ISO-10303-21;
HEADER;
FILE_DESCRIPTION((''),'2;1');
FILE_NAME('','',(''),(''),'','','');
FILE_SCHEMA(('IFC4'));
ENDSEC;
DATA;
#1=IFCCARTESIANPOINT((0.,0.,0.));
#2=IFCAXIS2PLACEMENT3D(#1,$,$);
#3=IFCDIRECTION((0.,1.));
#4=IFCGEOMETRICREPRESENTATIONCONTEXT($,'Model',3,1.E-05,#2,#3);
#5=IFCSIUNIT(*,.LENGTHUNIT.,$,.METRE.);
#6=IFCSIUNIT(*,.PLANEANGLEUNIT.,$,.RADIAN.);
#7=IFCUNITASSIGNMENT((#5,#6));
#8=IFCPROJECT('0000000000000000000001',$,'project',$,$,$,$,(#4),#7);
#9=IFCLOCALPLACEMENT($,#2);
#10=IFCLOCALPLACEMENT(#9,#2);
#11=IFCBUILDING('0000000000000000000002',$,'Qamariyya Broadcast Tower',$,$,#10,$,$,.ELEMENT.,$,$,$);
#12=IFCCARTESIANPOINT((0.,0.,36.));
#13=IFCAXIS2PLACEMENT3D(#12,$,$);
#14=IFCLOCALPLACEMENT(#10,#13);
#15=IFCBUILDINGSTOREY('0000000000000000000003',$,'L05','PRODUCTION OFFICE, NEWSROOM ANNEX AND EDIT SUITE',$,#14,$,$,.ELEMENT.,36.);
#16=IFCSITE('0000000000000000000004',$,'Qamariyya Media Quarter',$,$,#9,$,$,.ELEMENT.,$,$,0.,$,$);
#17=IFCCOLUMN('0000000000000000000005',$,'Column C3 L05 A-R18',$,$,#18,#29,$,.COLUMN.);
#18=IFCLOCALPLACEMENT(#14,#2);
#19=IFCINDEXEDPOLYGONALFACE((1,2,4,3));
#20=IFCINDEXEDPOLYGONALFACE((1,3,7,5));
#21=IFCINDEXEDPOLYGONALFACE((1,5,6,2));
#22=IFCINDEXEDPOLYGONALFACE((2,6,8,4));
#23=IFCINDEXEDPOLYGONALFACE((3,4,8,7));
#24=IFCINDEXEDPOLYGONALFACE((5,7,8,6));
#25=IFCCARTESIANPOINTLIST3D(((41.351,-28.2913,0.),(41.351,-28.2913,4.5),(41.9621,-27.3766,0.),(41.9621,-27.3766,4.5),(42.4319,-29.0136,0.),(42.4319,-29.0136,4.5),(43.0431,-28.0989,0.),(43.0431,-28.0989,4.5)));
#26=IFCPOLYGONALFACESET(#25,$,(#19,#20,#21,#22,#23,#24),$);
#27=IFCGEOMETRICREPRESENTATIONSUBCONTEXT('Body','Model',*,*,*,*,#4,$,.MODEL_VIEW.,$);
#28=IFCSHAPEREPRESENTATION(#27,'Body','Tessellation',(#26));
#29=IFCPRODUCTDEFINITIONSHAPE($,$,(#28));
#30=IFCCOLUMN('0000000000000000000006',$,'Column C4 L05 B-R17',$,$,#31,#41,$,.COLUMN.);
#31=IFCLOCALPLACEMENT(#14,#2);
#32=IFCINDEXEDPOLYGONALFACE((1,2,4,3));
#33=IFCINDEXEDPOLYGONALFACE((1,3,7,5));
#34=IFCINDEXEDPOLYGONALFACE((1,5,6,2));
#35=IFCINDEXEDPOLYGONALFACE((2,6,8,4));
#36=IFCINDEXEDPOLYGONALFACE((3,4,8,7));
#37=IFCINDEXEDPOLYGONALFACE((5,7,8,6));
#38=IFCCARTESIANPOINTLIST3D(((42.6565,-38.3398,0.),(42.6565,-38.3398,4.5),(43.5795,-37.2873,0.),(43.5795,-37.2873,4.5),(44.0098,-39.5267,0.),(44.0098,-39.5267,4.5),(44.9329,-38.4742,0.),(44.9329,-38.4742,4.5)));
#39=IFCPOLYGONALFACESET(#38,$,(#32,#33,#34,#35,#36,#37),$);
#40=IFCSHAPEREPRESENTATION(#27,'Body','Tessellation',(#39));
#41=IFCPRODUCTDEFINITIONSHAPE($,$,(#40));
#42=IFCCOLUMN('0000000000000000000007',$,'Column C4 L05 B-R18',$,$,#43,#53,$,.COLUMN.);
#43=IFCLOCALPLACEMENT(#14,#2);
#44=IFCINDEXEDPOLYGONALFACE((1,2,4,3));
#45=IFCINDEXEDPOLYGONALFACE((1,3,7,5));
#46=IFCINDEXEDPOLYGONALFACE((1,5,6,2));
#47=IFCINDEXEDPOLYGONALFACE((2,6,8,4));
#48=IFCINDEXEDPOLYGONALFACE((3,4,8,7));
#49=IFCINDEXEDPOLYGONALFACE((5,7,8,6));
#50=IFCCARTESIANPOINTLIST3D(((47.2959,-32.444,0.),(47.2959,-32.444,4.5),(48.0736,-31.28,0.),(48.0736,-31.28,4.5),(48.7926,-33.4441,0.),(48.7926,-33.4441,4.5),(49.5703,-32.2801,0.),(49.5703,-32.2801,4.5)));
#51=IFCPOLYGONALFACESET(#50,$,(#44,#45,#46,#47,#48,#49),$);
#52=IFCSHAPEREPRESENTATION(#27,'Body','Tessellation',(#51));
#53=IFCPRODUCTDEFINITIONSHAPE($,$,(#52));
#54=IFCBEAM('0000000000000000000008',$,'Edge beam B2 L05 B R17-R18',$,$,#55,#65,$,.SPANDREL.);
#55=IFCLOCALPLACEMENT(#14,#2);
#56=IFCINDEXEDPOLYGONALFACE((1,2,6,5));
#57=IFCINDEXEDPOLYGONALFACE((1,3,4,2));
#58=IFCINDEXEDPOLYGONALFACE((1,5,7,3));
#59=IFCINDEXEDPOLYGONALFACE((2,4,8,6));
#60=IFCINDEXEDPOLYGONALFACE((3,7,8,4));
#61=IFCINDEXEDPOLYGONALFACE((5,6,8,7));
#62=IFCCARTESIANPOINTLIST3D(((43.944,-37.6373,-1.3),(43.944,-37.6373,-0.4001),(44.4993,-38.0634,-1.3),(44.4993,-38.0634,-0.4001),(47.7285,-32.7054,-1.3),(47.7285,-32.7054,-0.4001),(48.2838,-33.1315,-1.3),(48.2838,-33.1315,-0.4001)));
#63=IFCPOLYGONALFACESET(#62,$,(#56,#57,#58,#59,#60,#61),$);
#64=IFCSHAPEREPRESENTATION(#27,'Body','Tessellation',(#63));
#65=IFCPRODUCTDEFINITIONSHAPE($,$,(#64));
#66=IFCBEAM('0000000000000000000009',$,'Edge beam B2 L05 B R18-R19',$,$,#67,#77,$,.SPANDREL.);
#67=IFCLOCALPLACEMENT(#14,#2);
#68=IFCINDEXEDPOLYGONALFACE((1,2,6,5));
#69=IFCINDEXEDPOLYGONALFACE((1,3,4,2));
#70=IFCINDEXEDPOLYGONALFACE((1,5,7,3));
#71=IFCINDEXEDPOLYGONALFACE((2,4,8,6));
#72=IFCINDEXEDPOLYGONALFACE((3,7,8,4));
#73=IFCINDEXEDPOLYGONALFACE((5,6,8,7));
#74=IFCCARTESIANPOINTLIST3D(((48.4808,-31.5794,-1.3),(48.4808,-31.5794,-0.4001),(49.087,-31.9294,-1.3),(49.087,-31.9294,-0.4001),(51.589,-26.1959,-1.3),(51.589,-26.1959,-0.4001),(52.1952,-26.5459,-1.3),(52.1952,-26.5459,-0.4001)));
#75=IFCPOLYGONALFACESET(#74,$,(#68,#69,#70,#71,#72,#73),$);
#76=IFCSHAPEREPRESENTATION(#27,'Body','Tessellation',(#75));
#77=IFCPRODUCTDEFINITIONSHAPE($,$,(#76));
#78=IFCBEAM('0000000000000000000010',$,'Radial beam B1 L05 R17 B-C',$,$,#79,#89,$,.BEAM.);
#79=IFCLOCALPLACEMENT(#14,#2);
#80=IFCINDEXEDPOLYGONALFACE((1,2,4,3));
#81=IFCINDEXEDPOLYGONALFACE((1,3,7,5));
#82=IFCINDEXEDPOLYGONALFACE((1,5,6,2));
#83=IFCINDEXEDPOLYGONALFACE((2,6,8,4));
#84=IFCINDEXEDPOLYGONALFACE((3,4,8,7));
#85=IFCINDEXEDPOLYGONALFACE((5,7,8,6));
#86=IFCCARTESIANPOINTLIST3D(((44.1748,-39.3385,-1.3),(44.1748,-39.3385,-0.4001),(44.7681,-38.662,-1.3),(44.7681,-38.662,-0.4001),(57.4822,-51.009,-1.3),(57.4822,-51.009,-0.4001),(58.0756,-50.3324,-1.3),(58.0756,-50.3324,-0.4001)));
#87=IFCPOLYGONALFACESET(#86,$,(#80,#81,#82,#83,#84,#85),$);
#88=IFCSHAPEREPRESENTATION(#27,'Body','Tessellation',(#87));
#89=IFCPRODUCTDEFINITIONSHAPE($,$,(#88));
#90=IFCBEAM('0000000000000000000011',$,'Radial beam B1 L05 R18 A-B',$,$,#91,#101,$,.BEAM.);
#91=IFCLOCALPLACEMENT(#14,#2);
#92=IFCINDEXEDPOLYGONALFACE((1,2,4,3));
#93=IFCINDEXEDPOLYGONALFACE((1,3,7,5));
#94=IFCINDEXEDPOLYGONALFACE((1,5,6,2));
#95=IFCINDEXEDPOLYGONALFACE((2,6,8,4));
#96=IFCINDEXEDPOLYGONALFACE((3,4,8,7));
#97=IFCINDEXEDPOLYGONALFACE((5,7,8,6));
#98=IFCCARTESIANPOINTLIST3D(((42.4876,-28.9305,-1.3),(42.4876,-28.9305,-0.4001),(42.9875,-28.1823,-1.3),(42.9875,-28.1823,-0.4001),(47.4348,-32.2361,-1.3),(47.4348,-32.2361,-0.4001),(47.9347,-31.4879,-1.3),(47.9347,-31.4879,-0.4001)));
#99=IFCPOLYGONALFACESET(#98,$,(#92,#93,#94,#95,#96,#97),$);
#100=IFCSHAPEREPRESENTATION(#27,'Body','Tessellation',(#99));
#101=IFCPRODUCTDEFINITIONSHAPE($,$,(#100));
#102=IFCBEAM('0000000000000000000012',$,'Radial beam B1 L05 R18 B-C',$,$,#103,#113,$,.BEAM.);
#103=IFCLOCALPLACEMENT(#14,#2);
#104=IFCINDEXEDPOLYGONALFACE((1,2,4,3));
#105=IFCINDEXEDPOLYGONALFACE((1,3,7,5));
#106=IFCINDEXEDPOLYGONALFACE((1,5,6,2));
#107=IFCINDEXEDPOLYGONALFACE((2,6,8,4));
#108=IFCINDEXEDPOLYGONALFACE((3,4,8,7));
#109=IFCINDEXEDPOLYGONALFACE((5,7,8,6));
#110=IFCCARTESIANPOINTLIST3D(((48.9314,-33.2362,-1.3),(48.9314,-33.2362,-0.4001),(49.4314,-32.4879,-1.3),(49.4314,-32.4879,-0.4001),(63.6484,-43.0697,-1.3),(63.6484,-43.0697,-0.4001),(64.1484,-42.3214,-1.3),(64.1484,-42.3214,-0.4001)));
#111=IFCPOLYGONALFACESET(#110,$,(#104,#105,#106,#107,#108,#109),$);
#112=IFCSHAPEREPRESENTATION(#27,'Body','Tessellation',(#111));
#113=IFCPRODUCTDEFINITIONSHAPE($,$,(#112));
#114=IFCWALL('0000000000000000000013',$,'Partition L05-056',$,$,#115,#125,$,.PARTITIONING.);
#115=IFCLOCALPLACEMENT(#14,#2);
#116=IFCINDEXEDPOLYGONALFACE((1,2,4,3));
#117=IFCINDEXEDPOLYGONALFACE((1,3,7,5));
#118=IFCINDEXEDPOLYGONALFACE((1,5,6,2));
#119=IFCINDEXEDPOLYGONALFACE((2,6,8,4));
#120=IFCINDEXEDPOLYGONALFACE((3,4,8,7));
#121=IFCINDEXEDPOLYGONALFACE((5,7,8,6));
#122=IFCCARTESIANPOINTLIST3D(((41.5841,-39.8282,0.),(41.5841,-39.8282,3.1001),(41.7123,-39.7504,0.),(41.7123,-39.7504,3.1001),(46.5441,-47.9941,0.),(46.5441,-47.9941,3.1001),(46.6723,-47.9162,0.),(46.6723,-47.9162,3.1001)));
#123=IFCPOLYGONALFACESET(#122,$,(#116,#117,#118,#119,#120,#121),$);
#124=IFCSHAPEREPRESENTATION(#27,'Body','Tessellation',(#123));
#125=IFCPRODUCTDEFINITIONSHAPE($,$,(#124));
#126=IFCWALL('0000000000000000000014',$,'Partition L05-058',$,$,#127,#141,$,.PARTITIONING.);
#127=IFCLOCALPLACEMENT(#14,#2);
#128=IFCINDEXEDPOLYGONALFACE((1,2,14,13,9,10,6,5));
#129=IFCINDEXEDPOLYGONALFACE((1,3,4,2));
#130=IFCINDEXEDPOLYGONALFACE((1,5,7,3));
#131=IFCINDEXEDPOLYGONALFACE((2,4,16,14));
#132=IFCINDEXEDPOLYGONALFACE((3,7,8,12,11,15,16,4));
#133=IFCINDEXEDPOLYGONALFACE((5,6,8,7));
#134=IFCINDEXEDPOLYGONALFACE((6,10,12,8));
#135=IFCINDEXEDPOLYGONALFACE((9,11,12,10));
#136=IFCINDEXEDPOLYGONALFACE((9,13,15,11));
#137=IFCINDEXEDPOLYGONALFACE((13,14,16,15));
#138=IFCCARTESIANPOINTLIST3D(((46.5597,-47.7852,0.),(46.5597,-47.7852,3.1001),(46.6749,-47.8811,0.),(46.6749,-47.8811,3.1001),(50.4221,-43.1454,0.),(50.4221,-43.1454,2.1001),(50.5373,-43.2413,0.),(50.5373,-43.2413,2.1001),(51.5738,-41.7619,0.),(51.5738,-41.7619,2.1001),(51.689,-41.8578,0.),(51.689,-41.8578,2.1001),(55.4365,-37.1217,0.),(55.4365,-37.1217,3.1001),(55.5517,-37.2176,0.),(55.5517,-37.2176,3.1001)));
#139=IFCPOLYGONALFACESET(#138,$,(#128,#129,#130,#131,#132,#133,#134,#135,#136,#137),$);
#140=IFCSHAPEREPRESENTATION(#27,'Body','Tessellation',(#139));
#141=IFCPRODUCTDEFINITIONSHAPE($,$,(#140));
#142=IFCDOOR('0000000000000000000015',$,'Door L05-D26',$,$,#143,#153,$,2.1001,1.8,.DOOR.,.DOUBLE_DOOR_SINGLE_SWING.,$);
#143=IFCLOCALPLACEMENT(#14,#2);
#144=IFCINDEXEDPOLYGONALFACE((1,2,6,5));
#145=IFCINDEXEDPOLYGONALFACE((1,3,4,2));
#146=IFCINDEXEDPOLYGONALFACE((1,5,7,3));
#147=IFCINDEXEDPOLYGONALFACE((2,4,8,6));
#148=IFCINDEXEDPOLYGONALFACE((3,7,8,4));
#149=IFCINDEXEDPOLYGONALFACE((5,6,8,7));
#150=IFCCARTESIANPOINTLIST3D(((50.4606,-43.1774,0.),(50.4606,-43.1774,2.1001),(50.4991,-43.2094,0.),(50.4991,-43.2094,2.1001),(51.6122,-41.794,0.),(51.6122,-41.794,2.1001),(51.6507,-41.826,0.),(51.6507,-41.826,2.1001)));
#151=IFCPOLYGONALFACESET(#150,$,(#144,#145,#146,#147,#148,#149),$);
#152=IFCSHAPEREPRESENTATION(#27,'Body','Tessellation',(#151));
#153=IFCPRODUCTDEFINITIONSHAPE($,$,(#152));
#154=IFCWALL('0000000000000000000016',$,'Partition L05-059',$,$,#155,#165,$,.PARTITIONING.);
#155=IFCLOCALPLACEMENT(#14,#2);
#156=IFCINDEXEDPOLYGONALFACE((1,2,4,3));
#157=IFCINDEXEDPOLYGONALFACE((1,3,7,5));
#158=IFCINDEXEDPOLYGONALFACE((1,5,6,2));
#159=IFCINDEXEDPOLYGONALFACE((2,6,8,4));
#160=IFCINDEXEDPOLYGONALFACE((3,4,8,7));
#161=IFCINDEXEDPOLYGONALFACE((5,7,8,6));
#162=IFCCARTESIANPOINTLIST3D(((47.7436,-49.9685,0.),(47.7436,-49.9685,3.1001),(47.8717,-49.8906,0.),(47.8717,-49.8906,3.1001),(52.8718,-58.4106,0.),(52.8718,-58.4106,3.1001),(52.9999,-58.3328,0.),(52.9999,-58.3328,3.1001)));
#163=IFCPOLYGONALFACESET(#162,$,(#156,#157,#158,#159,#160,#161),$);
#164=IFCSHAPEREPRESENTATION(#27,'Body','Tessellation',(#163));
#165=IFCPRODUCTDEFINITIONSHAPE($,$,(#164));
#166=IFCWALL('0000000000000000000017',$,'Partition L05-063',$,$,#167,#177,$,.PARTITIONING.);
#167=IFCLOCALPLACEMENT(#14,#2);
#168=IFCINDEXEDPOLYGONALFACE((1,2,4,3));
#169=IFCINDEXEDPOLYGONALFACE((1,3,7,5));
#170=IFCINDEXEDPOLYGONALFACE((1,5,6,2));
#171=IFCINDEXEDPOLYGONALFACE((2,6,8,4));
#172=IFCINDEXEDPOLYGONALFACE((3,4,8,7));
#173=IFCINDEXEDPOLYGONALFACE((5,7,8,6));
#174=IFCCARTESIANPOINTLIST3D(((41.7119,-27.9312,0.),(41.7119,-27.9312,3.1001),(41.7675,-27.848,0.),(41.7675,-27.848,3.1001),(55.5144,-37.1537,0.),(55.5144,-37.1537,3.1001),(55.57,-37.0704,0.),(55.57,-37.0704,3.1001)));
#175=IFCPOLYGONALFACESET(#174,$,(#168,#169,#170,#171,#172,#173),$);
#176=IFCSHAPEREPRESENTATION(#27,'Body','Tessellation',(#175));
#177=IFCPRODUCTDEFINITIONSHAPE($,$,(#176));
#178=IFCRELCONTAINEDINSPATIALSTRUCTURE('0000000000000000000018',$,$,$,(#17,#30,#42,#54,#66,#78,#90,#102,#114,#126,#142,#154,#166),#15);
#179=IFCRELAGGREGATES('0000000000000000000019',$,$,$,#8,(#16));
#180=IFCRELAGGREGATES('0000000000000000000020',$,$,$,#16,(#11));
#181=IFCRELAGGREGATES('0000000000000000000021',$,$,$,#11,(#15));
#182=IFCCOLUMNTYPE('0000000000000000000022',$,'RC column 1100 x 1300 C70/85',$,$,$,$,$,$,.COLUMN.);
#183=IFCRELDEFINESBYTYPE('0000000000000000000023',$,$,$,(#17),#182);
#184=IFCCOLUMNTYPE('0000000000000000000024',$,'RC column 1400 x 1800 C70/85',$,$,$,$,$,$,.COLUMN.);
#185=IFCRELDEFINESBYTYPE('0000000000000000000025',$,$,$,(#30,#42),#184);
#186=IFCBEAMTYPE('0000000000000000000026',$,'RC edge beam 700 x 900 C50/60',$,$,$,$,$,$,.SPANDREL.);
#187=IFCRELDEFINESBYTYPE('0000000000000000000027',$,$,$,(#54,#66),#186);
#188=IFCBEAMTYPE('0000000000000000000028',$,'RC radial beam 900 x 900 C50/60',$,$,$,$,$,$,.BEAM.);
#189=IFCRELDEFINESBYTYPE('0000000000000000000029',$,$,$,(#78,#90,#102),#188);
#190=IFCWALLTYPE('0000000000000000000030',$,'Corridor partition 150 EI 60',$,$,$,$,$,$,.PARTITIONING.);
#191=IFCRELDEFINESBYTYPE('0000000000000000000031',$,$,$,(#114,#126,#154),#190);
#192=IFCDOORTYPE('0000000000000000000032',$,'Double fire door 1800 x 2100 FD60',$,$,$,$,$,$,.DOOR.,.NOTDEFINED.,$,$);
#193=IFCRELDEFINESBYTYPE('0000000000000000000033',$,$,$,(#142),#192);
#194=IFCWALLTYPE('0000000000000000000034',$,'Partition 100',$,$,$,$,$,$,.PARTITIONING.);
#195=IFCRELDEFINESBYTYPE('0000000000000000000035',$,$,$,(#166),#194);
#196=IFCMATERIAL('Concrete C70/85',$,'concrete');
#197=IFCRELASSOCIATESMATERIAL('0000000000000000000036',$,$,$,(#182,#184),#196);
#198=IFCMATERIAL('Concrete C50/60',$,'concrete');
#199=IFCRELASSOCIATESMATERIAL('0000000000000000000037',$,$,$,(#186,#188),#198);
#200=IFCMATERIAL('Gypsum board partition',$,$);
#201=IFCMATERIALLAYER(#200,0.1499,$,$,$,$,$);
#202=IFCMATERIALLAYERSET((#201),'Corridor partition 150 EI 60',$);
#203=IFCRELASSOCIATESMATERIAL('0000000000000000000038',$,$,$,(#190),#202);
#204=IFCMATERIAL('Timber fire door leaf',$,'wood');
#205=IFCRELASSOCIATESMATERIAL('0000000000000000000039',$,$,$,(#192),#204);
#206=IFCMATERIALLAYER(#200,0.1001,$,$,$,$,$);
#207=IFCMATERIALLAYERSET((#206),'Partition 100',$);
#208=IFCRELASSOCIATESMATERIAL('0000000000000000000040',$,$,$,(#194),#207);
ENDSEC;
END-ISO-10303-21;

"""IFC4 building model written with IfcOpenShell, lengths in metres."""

from ifc_helpers import new_model, si_unit, direction, frame, frame_2d, origin, origin_2d, place, context, subcontext, project, spatial, rectangle, extrude, material, layer, layer_set, material_profile, profile_set, type_object, element, fill, save


model = new_model("IFC4")

# Units and contexts
model_context = context("Model", 3, precision=1e-05, world=origin(), true_north=direction((0.0, 1.0)))
body_context = subcontext(model_context, "Body", "Model", "MODEL_VIEW")
ifc_project = project(units=[si_unit("LENGTHUNIT", "METRE"), si_unit("PLANEANGLEUNIT", "RADIAN")], contexts=[model_context])

# Site, building, storey
site_placement = place(None, origin())
site = spatial("IfcSite", under=ifc_project, at=site_placement, Name="Qamariyya Media Quarter", CompositionType="ELEMENT", RefElevation=0.0)
building_placement = place(site_placement, origin())
building = spatial("IfcBuilding", under=site, at=building_placement, Name="Qamariyya Broadcast Tower", CompositionType="ELEMENT")
storey_placement = place(building_placement, frame((0.0, 0.0, 36.0)))
storey = spatial("IfcBuildingStorey", under=building, at=storey_placement, Name="L05", Description="PRODUCTION OFFICE, NEWSROOM ANNEX AND EDIT SUITE", CompositionType="ELEMENT", Elevation=36.0)

# Columns
ifc_material_1 = material(Name="Concrete C70/85", Category="concrete")
ifc_material_profile_1 = material_profile(ifc_material_1, rectangle(XDim=1.1001, YDim=1.3, at=origin_2d()))
ifc_profile_set_1 = profile_set([ifc_material_profile_1], Name="Concrete C70/85")
column_type_1 = type_object("IfcColumnType", Name="RC column 1100 x 1300 C70/85", PredefinedType="COLUMN", material=ifc_profile_set_1)
column_placement = place(storey_placement, frame((42.197, -28.1951, 0.0), z_axis=(0.0, 0.0, 1.0), x_axis=(0.55557, 0.83147, 0.0)))
element("IfcColumn", 1, at=column_placement, inside=storey, type_object=column_type_1, Name="Column C3 L05 A-R18", PredefinedType="COLUMN", context=body_context, shape_type="SweptSolid", body=[
    extrude(rectangle(XDim=1.1001, YDim=1.3, at=origin_2d()), origin(), (0.0, 0.0, 1.0), 4.5),
])
ifc_material_profile_2 = material_profile(ifc_material_1, rectangle(XDim=1.3999, YDim=1.8, at=origin_2d()))
ifc_profile_set_2 = profile_set([ifc_material_profile_2], Name="Concrete C70/85")
column_type_2 = type_object("IfcColumnType", Name="RC column 1400 x 1800 C70/85", PredefinedType="COLUMN", material=ifc_profile_set_2)
for number, where, z_axis, x_axis, name in (
    (2, (43.7947, -38.407, 0.0), (0.0, 0.0, 1.0), (0.659346, 0.75184, 0.0), "Column C4 L05 B-R17"),
    (3, (48.4331, -32.3621, 0.0), (0.0, 0.0, 1.0), (0.55557, 0.83147, 0.0), "Column C4 L05 B-R18"),
):
    element("IfcColumn", number, at=place(storey_placement, frame(where, z_axis=z_axis, x_axis=x_axis)), inside=storey, type_object=column_type_2, Name=name, PredefinedType="COLUMN", context=body_context, shape_type="SweptSolid", body=[
        extrude(rectangle(XDim=1.3999, YDim=1.8, at=origin_2d()), origin(), (0.0, 0.0, 1.0), 4.5),
    ])

# Beams
ifc_material_2 = material(Name="Concrete C50/60", Category="concrete")
ifc_material_profile_3 = material_profile(ifc_material_2, rectangle(XDim=0.7, YDim=0.8999, at=origin_2d()))
ifc_profile_set_3 = profile_set([ifc_material_profile_3], Name="Concrete C50/60")
beam_type_1 = type_object("IfcBeamType", Name="RC edge beam 700 x 900 C50/60", PredefinedType="SPANDREL", material=ifc_profile_set_3)
beam_1_placement = place(storey_placement, frame((44.2217, -37.8503, -0.8501), z_axis=(0.608767, 0.793349, 0.0), x_axis=(-0.793349, 0.608767, 0.0)))
element("IfcBeam", 4, at=beam_1_placement, inside=storey, type_object=beam_type_1, Name="Edge beam B2 L05 B R17-R18", PredefinedType="SPANDREL", context=body_context, shape_type="SweptSolid", body=[
    extrude(rectangle(XDim=0.7, YDim=0.8999, at=origin_2d()), origin(), (0.0, 0.0, 1.0), 6.2166),
])
beam_2_placement = place(storey_placement, frame((48.7839, -31.7544, -0.8501), z_axis=(0.499996, 0.866028, 0.0), x_axis=(-0.866028, 0.499996, 0.0)))
element("IfcBeam", 5, at=beam_2_placement, inside=storey, type_object=beam_type_1, Name="Edge beam B2 L05 B R18-R19", PredefinedType="SPANDREL", context=body_context, shape_type="SweptSolid", body=[
    extrude(rectangle(XDim=0.7, YDim=0.8999, at=origin_2d()), origin(), (0.0, 0.0, 1.0), 6.2163),
])
ifc_material_profile_4 = material_profile(ifc_material_2, rectangle(XDim=0.8999, YDim=0.8999, at=origin_2d()))
ifc_profile_set_4 = profile_set([ifc_material_profile_4], Name="Concrete C50/60")
beam_type_2 = type_object("IfcBeamType", Name="RC radial beam 900 x 900 C50/60", PredefinedType="BEAM", material=ifc_profile_set_4)
beam_3_placement = place(storey_placement, frame((44.4714, -39.0002, -0.8501), z_axis=(0.751835, -0.659351, 0.0), x_axis=(0.659351, 0.751835, 0.0)))
element("IfcBeam", 6, at=beam_3_placement, inside=storey, type_object=beam_type_2, Name="Radial beam B1 L05 R17 B-C", PredefinedType="BEAM", context=body_context, shape_type="SweptSolid", body=[
    extrude(rectangle(XDim=0.8999, YDim=0.8999, at=origin_2d()), origin(), (0.0, 0.0, 1.0), 17.7),
])
beam_4_placement = place(storey_placement, frame((42.7375, -28.5564, -0.8501), z_axis=(0.831469, -0.555571, 0.0), x_axis=(0.555571, 0.831469, 0.0)))
element("IfcBeam", 7, at=beam_4_placement, inside=storey, type_object=beam_type_2, Name="Radial beam B1 L05 R18 A-B", PredefinedType="BEAM", context=body_context, shape_type="SweptSolid", body=[
    extrude(rectangle(XDim=0.8999, YDim=0.8999, at=origin_2d()), origin(), (0.0, 0.0, 1.0), 5.95),
])
beam_5_placement = place(storey_placement, frame((49.1814, -32.8621, -0.8501), z_axis=(0.831473, -0.555566, 0.0), x_axis=(0.555566, 0.831473, 0.0)))
element("IfcBeam", 8, at=beam_5_placement, inside=storey, type_object=beam_type_2, Name="Radial beam B1 L05 R18 B-C", PredefinedType="BEAM", context=body_context, shape_type="SweptSolid", body=[
    extrude(rectangle(XDim=0.8999, YDim=0.8999, at=origin_2d()), origin(), (0.0, 0.0, 1.0), 17.7),
])

# Wall
ifc_material_3 = material(Name="Gypsum board partition")
ifc_layer_1 = layer(ifc_material_3, 0.1499)
ifc_layer_set_1 = layer_set([ifc_layer_1], Name="Corridor partition 150 EI 60")
wall_type_1 = type_object("IfcWallType", Name="Corridor partition 150 EI 60", PredefinedType="PARTITIONING", material=ifc_layer_set_1)
wall_1_placement = place(storey_placement, frame((41.6482, -39.7893, 0.0), z_axis=(0.0, 0.0, 1.0), x_axis=(0.519144, -0.854687, 0.0)))
element("IfcWall", 9, at=wall_1_placement, inside=storey, type_object=wall_type_1, Name="Partition L05-056", PredefinedType="PARTITIONING", context=body_context, shape_type="SweptSolid", body=[
    extrude(rectangle(XDim=9.5542, YDim=0.1499, at=frame_2d((4.7771, 0.0))), origin(), (0.0, 0.0, 1.0), 3.1001),
])

# Wall, opening, door
wall_2_placement = place(storey_placement, frame((46.6172, -47.8333, 0.0), z_axis=(0.0, 0.0, 1.0), x_axis=(0.639786, 0.768553, 0.0)))
wall_2 = element("IfcWall", 10, at=wall_2_placement, inside=storey, type_object=wall_type_1, Name="Partition L05-058", PredefinedType="PARTITIONING", context=body_context, shape_type="SweptSolid", body=[
    extrude(rectangle(XDim=13.8748, YDim=0.1499, at=frame_2d((6.9375, 0.0))), origin(), (0.0, 0.0, 1.0), 3.1001),
])
opening_1_placement = place(wall_2_placement, frame((6.0374, 0.0, 0.0)))
opening_1 = element("IfcOpeningElement", 11, at=opening_1_placement, cuts=wall_2, PredefinedType="OPENING", context=body_context, shape_type="SweptSolid", body=[
    extrude(rectangle(XDim=1.8, YDim=2.1001, at=frame_2d((0.8999, 1.05))), frame((0.0, 0.085, 0.0), z_axis=(0.0, -1.0, 0.0), x_axis=(1.0, 0.0, 0.0)), (0.0, 0.0, 1.0), 0.1699),
])
ifc_material_4 = material(Name="Timber fire door leaf", Category="wood")
door_type = type_object("IfcDoorType", Name="Double fire door 1800 x 2100 FD60", OperationType="NOTDEFINED", PredefinedType="DOOR", material=ifc_material_4)
door_placement = place(opening_1_placement, origin())
door = element("IfcDoor", 12, at=door_placement, inside=storey, type_object=door_type, Name="Door L05-D26", OperationType="DOUBLE_DOOR_SINGLE_SWING", OverallHeight=2.1001, OverallWidth=1.8, PredefinedType="DOOR", context=body_context, shape_type="SweptSolid", body=[
    extrude(rectangle(XDim=1.8, YDim=2.1001, at=frame_2d((0.8999, 1.05))), frame((0.0, 0.0249, 0.0), z_axis=(0.0, -1.0, 0.0), x_axis=(1.0, 0.0, 0.0)), (0.0, 0.0, 1.0), 0.05),
])
fill(opening_1, door)

# Walls
wall_3_placement = place(storey_placement, frame((47.8076, -49.9294, 0.0), z_axis=(0.0, 0.0, 1.0), x_axis=(0.51917, -0.854671, 0.0)))
element("IfcWall", 13, at=wall_3_placement, inside=storey, type_object=wall_type_1, Name="Partition L05-059", PredefinedType="PARTITIONING", context=body_context, shape_type="SweptSolid", body=[
    extrude(rectangle(XDim=9.8777, YDim=0.1499, at=frame_2d((4.939, 0.0))), origin(), (0.0, 0.0, 1.0), 3.1001),
])
ifc_layer_2 = layer(ifc_material_3, 0.1001)
ifc_layer_set_2 = layer_set([ifc_layer_2], Name="Partition 100")
wall_type_2 = type_object("IfcWallType", Name="Partition 100", PredefinedType="PARTITIONING", material=ifc_layer_set_2)
wall_4_placement = place(storey_placement, frame((55.5422, -37.1121, 0.0), z_axis=(0.0, 0.0, 1.0), x_axis=(-0.831473, 0.555565, 0.0)))
element("IfcWall", 14, at=wall_4_placement, inside=storey, type_object=wall_type_2, Name="Partition L05-063", PredefinedType="PARTITIONING", context=body_context, shape_type="SweptSolid", body=[
    extrude(rectangle(XDim=16.6001, YDim=0.1001, at=frame_2d((8.3, 0.0))), origin(), (0.0, 0.0, 1.0), 3.1001),
])

save(model, "model.ifc")
